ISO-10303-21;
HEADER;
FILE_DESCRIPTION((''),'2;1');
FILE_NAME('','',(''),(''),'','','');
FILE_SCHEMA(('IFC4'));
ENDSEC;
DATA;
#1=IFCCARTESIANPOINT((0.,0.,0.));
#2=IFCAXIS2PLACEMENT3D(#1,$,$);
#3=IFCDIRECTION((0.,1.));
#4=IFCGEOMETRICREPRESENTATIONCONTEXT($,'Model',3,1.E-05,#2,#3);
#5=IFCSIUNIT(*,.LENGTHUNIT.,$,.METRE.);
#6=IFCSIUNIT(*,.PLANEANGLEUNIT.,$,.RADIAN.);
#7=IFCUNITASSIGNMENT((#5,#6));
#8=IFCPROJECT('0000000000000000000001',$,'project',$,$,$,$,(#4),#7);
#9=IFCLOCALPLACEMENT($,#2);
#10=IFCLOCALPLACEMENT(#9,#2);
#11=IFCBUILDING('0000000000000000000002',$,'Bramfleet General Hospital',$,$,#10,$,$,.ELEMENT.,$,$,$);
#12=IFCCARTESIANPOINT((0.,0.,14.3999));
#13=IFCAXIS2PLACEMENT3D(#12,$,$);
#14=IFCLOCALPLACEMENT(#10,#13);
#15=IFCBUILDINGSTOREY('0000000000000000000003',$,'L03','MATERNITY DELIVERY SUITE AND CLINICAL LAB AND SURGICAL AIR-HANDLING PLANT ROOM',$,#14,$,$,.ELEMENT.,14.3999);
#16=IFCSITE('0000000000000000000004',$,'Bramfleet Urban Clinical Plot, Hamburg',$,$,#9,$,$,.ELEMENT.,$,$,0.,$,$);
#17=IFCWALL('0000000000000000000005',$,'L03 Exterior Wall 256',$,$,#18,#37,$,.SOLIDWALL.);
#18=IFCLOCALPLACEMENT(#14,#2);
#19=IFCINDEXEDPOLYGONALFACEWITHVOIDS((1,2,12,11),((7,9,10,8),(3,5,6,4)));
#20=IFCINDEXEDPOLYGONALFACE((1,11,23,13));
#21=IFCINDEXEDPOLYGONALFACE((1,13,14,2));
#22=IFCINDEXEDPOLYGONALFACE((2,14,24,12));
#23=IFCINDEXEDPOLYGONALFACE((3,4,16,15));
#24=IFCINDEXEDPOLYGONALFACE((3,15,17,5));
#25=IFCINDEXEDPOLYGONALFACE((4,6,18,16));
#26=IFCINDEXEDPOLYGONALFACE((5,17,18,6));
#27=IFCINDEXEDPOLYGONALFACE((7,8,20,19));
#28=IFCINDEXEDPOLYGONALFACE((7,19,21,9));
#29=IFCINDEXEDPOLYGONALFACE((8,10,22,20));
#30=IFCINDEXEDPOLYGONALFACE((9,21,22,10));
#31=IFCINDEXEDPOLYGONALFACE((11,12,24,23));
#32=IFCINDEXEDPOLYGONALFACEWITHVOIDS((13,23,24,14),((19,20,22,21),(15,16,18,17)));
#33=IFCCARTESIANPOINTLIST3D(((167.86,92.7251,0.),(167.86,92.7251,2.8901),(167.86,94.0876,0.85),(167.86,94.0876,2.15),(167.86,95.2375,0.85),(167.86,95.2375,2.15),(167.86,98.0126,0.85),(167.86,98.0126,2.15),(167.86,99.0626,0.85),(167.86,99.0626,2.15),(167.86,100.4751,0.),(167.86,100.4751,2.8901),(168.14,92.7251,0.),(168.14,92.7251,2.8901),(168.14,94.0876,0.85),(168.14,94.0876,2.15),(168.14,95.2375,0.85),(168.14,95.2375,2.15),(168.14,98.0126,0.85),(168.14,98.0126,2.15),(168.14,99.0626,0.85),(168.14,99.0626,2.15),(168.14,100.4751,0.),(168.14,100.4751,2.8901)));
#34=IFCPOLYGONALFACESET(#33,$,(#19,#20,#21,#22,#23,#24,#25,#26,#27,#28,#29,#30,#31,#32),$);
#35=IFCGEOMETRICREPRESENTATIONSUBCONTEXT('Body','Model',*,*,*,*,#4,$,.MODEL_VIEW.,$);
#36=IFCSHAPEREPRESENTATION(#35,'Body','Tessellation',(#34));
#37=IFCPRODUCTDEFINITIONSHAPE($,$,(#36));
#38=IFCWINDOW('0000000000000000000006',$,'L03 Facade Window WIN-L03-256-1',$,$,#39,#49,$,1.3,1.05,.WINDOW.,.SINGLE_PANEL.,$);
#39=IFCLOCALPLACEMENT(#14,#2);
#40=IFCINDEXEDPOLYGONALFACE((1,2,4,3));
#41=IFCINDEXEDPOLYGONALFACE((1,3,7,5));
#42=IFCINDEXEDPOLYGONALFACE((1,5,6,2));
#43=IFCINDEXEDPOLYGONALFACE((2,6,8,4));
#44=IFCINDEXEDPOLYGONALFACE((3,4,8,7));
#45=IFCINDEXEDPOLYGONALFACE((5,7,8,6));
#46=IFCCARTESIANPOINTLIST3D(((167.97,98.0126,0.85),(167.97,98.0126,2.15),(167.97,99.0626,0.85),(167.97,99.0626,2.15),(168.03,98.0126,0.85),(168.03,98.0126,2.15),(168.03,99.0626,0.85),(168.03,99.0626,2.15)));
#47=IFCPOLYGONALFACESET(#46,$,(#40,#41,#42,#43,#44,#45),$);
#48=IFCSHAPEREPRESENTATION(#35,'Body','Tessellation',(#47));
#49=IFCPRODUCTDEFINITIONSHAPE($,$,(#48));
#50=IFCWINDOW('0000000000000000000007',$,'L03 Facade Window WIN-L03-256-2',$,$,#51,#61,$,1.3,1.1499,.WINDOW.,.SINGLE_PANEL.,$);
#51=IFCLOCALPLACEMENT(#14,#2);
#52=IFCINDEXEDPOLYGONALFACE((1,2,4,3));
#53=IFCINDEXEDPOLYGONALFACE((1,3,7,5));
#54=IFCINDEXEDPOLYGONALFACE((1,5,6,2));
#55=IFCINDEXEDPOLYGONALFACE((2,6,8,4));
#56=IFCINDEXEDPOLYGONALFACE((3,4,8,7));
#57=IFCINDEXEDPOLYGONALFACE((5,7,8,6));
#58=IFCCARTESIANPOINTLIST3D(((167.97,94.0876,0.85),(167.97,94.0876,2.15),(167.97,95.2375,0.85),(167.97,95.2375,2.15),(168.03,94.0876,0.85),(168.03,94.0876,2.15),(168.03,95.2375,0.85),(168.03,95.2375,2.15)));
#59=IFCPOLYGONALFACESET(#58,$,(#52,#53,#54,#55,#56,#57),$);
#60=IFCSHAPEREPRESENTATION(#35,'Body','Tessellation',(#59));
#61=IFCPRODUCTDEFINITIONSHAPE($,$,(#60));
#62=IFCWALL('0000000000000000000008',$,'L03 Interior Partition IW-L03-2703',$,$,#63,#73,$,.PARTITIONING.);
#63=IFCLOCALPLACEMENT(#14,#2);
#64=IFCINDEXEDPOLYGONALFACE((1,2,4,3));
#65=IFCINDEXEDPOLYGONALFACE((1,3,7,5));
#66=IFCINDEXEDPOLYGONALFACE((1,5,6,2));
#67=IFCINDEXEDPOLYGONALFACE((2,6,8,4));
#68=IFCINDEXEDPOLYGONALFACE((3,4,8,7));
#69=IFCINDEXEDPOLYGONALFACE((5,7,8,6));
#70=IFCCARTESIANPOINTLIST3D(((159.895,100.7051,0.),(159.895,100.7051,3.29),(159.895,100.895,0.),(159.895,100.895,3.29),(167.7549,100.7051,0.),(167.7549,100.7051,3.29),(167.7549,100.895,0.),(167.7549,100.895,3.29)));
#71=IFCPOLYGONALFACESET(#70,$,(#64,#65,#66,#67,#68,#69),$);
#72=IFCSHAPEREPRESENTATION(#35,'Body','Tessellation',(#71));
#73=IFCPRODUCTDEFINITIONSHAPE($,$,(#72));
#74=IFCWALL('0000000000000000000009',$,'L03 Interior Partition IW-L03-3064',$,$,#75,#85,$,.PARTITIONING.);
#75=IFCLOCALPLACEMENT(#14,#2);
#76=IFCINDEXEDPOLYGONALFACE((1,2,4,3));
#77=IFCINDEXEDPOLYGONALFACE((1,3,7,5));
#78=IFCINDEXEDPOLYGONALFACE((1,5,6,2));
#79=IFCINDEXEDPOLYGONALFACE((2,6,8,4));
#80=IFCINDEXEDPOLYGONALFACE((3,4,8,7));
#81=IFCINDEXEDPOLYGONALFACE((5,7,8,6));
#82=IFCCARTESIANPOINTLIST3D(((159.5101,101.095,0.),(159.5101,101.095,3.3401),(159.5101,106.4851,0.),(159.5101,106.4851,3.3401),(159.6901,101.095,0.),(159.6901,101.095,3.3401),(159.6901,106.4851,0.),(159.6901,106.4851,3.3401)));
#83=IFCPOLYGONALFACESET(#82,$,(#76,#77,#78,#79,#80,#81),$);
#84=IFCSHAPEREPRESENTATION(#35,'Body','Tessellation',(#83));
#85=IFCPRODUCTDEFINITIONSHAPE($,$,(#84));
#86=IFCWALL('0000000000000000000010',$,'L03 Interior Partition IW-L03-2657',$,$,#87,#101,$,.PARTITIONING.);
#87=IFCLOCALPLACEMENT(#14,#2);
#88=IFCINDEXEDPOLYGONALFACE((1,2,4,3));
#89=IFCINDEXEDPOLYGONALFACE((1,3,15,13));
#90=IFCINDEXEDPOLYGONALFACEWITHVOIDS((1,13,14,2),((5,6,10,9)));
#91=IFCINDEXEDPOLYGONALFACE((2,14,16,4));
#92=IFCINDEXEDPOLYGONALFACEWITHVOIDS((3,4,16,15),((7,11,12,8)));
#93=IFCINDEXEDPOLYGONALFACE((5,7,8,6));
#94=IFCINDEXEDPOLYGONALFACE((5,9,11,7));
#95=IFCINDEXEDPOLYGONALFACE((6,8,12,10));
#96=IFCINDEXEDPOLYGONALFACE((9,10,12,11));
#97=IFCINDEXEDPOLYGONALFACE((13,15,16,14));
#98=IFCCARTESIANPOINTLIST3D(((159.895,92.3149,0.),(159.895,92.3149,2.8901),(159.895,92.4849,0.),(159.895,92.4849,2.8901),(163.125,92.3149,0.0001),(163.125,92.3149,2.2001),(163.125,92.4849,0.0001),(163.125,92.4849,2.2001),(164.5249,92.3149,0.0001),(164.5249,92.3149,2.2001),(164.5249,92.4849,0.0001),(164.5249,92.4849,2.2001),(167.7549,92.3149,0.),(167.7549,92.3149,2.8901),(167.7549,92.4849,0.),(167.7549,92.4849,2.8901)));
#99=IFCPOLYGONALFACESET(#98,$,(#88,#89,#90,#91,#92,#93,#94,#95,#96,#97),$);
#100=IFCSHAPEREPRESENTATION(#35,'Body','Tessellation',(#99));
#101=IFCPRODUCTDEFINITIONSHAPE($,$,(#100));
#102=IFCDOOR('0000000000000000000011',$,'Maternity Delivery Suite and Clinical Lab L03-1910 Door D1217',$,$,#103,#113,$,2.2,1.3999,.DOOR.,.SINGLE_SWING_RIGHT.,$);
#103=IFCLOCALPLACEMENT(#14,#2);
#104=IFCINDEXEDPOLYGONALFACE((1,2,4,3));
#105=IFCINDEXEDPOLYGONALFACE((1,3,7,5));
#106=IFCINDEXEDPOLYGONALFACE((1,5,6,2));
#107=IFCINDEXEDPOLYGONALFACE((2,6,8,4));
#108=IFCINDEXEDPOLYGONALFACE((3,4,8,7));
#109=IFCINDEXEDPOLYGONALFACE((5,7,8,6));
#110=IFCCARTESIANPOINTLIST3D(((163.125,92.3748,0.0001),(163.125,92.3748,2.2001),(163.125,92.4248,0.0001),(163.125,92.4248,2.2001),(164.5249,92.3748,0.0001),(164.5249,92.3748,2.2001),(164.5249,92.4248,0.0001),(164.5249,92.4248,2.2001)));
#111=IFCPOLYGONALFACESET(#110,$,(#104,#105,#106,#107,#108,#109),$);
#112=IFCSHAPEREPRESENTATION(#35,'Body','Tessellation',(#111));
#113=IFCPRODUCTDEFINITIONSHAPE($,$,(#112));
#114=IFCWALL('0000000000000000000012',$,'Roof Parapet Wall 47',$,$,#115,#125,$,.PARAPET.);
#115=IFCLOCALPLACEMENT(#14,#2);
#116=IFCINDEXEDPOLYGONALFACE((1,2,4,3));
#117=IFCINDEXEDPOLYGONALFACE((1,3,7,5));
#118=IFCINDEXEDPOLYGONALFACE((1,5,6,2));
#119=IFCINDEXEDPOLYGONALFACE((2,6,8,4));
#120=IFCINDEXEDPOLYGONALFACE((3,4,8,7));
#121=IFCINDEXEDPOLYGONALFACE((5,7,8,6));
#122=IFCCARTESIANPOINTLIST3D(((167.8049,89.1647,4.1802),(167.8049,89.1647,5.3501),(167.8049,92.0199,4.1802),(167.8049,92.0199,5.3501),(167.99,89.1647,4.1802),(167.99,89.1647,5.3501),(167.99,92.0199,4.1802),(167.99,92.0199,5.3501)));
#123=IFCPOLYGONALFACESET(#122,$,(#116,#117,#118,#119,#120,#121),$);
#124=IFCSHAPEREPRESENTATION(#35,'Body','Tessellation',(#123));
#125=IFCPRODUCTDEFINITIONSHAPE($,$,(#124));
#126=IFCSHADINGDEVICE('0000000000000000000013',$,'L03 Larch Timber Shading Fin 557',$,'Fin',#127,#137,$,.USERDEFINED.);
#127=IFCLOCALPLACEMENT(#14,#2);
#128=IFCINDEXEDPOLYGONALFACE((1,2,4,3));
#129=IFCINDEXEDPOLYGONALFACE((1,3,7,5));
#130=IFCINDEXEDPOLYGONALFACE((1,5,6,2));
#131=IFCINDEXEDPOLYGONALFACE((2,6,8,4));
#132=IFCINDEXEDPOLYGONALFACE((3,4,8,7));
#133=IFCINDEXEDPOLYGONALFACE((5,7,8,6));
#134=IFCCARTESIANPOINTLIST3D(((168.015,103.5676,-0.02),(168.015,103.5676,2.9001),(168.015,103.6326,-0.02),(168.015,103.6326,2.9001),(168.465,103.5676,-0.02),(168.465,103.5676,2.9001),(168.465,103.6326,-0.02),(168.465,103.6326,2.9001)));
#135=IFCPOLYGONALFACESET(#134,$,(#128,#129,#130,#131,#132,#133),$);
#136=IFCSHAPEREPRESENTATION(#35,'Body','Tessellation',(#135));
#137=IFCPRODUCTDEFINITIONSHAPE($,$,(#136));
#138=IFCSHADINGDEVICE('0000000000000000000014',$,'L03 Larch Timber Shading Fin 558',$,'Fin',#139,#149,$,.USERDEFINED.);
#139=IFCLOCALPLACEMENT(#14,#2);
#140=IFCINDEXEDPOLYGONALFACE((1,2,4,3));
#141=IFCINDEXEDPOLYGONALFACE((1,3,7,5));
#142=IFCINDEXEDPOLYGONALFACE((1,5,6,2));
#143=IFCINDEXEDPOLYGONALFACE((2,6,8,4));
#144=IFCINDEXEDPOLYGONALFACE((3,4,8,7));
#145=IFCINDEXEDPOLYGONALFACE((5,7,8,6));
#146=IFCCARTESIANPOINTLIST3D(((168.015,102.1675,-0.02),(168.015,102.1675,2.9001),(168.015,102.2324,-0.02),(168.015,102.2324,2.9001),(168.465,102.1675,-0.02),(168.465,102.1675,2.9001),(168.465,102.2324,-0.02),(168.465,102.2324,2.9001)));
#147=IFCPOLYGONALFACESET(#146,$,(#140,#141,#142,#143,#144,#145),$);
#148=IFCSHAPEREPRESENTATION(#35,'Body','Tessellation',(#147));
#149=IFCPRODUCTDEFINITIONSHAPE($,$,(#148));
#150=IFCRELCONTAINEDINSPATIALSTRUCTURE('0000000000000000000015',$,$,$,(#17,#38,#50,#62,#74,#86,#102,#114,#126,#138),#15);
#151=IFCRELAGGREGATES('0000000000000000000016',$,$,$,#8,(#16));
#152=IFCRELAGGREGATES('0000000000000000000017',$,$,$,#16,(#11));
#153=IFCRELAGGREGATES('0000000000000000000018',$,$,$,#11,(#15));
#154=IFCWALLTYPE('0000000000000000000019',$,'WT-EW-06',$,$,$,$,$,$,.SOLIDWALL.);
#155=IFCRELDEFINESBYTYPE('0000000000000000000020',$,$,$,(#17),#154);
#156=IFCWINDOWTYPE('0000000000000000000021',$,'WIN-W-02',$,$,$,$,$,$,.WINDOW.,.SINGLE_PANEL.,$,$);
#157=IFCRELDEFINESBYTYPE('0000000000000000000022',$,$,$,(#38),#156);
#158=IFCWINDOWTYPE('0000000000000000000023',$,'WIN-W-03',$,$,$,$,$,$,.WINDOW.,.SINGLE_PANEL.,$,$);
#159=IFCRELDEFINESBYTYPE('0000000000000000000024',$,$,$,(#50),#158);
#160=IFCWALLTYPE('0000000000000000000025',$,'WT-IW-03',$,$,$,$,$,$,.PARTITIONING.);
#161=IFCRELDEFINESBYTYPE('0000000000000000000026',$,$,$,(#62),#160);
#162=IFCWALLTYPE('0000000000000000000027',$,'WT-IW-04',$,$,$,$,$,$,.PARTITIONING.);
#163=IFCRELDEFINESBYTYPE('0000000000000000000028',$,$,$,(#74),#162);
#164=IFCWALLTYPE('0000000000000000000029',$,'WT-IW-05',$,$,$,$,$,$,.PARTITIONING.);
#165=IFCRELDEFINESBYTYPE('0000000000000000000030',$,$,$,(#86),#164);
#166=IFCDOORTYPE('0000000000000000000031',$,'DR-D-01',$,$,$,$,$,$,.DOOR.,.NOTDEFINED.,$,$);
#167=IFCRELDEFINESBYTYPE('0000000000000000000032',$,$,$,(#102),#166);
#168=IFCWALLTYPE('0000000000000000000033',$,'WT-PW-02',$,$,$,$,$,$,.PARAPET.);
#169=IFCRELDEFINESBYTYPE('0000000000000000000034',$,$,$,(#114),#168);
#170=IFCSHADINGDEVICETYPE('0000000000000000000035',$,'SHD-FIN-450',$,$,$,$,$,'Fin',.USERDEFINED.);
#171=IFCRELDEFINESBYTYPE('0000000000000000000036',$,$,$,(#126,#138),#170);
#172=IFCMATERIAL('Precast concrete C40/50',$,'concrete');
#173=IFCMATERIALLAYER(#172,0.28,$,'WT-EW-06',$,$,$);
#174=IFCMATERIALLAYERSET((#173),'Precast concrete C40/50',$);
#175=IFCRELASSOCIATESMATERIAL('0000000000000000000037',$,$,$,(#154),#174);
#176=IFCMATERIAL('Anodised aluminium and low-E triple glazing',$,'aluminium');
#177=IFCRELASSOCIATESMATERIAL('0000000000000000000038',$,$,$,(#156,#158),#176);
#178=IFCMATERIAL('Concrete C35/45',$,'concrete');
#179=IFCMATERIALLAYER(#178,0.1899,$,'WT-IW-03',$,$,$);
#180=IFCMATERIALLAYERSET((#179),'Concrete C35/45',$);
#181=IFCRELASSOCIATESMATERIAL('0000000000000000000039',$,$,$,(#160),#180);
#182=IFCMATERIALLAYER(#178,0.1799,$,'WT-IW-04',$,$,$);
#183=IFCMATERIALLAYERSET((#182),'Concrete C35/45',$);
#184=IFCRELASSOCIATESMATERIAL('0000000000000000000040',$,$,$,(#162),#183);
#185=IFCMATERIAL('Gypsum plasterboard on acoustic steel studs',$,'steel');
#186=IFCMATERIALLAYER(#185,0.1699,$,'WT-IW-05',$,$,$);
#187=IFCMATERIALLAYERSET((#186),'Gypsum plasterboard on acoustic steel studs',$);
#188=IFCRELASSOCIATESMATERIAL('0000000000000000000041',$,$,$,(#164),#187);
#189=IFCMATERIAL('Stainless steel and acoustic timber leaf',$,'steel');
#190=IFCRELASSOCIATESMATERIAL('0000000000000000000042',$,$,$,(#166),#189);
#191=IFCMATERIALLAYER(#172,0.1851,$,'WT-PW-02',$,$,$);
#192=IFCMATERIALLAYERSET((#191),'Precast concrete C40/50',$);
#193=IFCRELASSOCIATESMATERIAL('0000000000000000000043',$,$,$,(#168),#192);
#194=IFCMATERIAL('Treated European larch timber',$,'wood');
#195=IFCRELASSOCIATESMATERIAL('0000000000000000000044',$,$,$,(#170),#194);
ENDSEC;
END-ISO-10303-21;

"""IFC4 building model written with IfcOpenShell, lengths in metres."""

from ifc_helpers import new_model, si_unit, direction, frame, frame_2d, origin, origin_2d, place, context, subcontext, project, spatial, rectangle, extrude, material, layer, layer_set, material_profile, profile_set, type_object, element, fill, save


model = new_model("IFC4")

# Units and contexts
model_context = context("Model", 3, precision=1e-05, world=origin(), true_north=direction((0.0, 1.0)))
body_context = subcontext(model_context, "Body", "Model", "MODEL_VIEW")
ifc_project = project(units=[si_unit("LENGTHUNIT", "METRE"), si_unit("PLANEANGLEUNIT", "RADIAN")], contexts=[model_context])

# Site, building, storey
site_placement = place(None, origin())
site = spatial("IfcSite", under=ifc_project, at=site_placement, Name="Bramfleet Urban Clinical Plot, Hamburg", CompositionType="ELEMENT", RefElevation=0.0)
building_placement = place(site_placement, origin())
building = spatial("IfcBuilding", under=site, at=building_placement, Name="Bramfleet General Hospital", CompositionType="ELEMENT")
storey_placement = place(building_placement, frame((0.0, 0.0, 14.3999)))
storey = spatial("IfcBuildingStorey", under=building, at=storey_placement, Name="L03", Description="MATERNITY DELIVERY SUITE AND CLINICAL LAB AND SURGICAL AIR-HANDLING PLANT ROOM", CompositionType="ELEMENT", Elevation=14.3999)

# Shared definitions
ifc_material_1 = material(Name="Concrete C35/45", Category="concrete")

# Shared definitions
ifc_material_2 = material(Name="Anodised aluminium and low-E triple glazing", Category="aluminium")

# Wall, openings, windows
ifc_material_3 = material(Name="Precast concrete C40/50", Category="concrete")
ifc_layer_1 = layer(ifc_material_3, 0.28, Name="WT-EW-06")
ifc_layer_set_1 = layer_set([ifc_layer_1], Name="Precast concrete C40/50")
wall_type_1 = type_object("IfcWallType", Name="WT-EW-06", PredefinedType="SOLIDWALL", material=ifc_layer_set_1)
wall_1_placement = place(storey_placement, frame((168.0, 100.4751, 0.0), z_axis=(0.0, 0.0, 1.0), x_axis=(0.0, -1.0, 0.0)))
wall_1 = element("IfcWall", 1, at=wall_1_placement, inside=storey, type_object=wall_type_1, Name="L03 Exterior Wall 256", PredefinedType="SOLIDWALL", context=body_context, shape_type="SweptSolid", body=[
    extrude(rectangle(XDim=7.75, YDim=0.28, at=frame_2d((3.875, 0.0))), origin(), (0.0, 0.0, 1.0), 2.8901),
])
opening_1_placement = place(wall_1_placement, frame((1.4126, 0.0, 0.8501)))
opening_1 = element("IfcOpeningElement", 2, at=opening_1_placement, cuts=wall_1, PredefinedType="OPENING", context=body_context, shape_type="SweptSolid", body=[
    extrude(rectangle(XDim=1.05, YDim=1.3, at=frame_2d((0.5249, 0.6499))), frame((0.0, 0.1499, 0.0), z_axis=(0.0, -1.0, 0.0), x_axis=(1.0, 0.0, 0.0)), (0.0, 0.0, 1.0), 0.3),
])
opening_2_placement = place(wall_1_placement, frame((5.2375, 0.0, 0.8501)))
opening_2 = element("IfcOpeningElement", 3, at=opening_2_placement, cuts=wall_1, PredefinedType="OPENING", context=body_context, shape_type="SweptSolid", body=[
    extrude(rectangle(XDim=1.1499, YDim=1.3, at=frame_2d((0.575, 0.6499))), frame((0.0, 0.1499, 0.0), z_axis=(0.0, -1.0, 0.0), x_axis=(1.0, 0.0, 0.0)), (0.0, 0.0, 1.0), 0.3),
])
window_type_1 = type_object("IfcWindowType", Name="WIN-W-02", PartitioningType="SINGLE_PANEL", PredefinedType="WINDOW", material=ifc_material_2)
window_1_placement = place(opening_1_placement, origin())
window_1 = element("IfcWindow", 4, at=window_1_placement, inside=storey, type_object=window_type_1, Name="L03 Facade Window WIN-L03-256-1", OverallHeight=1.3, OverallWidth=1.05, PartitioningType="SINGLE_PANEL", PredefinedType="WINDOW", context=body_context, shape_type="SweptSolid", body=[
    extrude(rectangle(XDim=1.05, YDim=1.3, at=frame_2d((0.5249, 0.6499))), frame((0.0, 0.03, 0.0), z_axis=(0.0, -1.0, 0.0), x_axis=(1.0, 0.0, 0.0)), (0.0, 0.0, 1.0), 0.0601),
])
fill(opening_1, window_1)
window_type_2 = type_object("IfcWindowType", Name="WIN-W-03", PartitioningType="SINGLE_PANEL", PredefinedType="WINDOW", material=ifc_material_2)
window_2_placement = place(opening_2_placement, origin())
window_2 = element("IfcWindow", 5, at=window_2_placement, inside=storey, type_object=window_type_2, Name="L03 Facade Window WIN-L03-256-2", OverallHeight=1.3, OverallWidth=1.1499, PartitioningType="SINGLE_PANEL", PredefinedType="WINDOW", context=body_context, shape_type="SweptSolid", body=[
    extrude(rectangle(XDim=1.1499, YDim=1.3, at=frame_2d((0.575, 0.6499))), frame((0.0, 0.03, 0.0), z_axis=(0.0, -1.0, 0.0), x_axis=(1.0, 0.0, 0.0)), (0.0, 0.0, 1.0), 0.0601),
])
fill(opening_2, window_2)

# Walls
ifc_layer_2 = layer(ifc_material_1, 0.1899, Name="WT-IW-03")
ifc_layer_set_2 = layer_set([ifc_layer_2], Name="Concrete C35/45")
wall_type_2 = type_object("IfcWallType", Name="WT-IW-03", PredefinedType="PARTITIONING", material=ifc_layer_set_2)
wall_2_placement = place(storey_placement, frame((159.895, 100.8, 0.0), z_axis=(0.0, 0.0, 1.0), x_axis=(1.0, 0.0, 0.0)))
element("IfcWall", 6, at=wall_2_placement, inside=storey, type_object=wall_type_2, Name="L03 Interior Partition IW-L03-2703", PredefinedType="PARTITIONING", context=body_context, shape_type="SweptSolid", body=[
    extrude(rectangle(XDim=7.8599, YDim=0.1899, at=frame_2d((3.9299, 0.0))), origin(), (0.0, 0.0, 1.0), 3.29),
])
ifc_layer_3 = layer(ifc_material_1, 0.1799, Name="WT-IW-04")
ifc_layer_set_3 = layer_set([ifc_layer_3], Name="Concrete C35/45")
wall_type_3 = type_object("IfcWallType", Name="WT-IW-04", PredefinedType="PARTITIONING", material=ifc_layer_set_3)
wall_3_placement = place(storey_placement, frame((159.6001, 101.095, 0.0), z_axis=(0.0, 0.0, 1.0), x_axis=(0.0, 1.0, 0.0)))
element("IfcWall", 7, at=wall_3_placement, inside=storey, type_object=wall_type_3, Name="L03 Interior Partition IW-L03-3064", PredefinedType="PARTITIONING", context=body_context, shape_type="SweptSolid", body=[
    extrude(rectangle(XDim=5.3901, YDim=0.1799, at=frame_2d((2.6951, 0.0))), origin(), (0.0, 0.0, 1.0), 3.3401),
])

# Wall, opening, door
ifc_material_4 = material(Name="Gypsum plasterboard on acoustic steel studs", Category="steel")
ifc_layer_4 = layer(ifc_material_4, 0.1699, Name="WT-IW-05")
ifc_layer_set_4 = layer_set([ifc_layer_4], Name="Gypsum plasterboard on acoustic steel studs")
wall_type_4 = type_object("IfcWallType", Name="WT-IW-05", PredefinedType="PARTITIONING", material=ifc_layer_set_4)
wall_4_placement = place(storey_placement, frame((159.895, 92.3999, 0.0), z_axis=(0.0, 0.0, 1.0), x_axis=(1.0, 0.0, 0.0)))
wall_4 = element("IfcWall", 8, at=wall_4_placement, inside=storey, type_object=wall_type_4, Name="L03 Interior Partition IW-L03-2657", PredefinedType="PARTITIONING", context=body_context, shape_type="SweptSolid", body=[
    extrude(rectangle(XDim=7.8599, YDim=0.1699, at=frame_2d((3.9299, 0.0))), origin(), (0.0, 0.0, 1.0), 2.8901),
])
opening_3_placement = place(wall_4_placement, frame((3.23, 0.0, 0.0)))
opening_3 = element("IfcOpeningElement", 9, at=opening_3_placement, cuts=wall_4, PredefinedType="OPENING", context=body_context, shape_type="SweptSolid", body=[
    extrude(rectangle(XDim=1.3999, YDim=2.2, at=frame_2d((0.7, 1.1001))), frame((0.0, 0.095, 0.0), z_axis=(0.0, -1.0, 0.0), x_axis=(1.0, 0.0, 0.0)), (0.0, 0.0, 1.0), 0.1899),
])
ifc_material_5 = material(Name="Stainless steel and acoustic timber leaf", Category="steel")
door_type = type_object("IfcDoorType", Name="DR-D-01", OperationType="NOTDEFINED", PredefinedType="DOOR", material=ifc_material_5)
door_placement = place(opening_3_placement, origin())
door = element("IfcDoor", 10, at=door_placement, inside=storey, type_object=door_type, Name="Maternity Delivery Suite and Clinical Lab L03-1910 Door D1217", OperationType="SINGLE_SWING_RIGHT", OverallHeight=2.2, OverallWidth=1.3999, PredefinedType="DOOR", context=body_context, shape_type="SweptSolid", body=[
    extrude(rectangle(XDim=1.3999, YDim=2.2, at=frame_2d((0.7, 1.1001))), frame((0.0, 0.0249, 0.0), z_axis=(0.0, -1.0, 0.0), x_axis=(1.0, 0.0, 0.0)), (0.0, 0.0, 1.0), 0.05),
])
fill(opening_3, door)

# Wall
ifc_layer_5 = layer(ifc_material_3, 0.1851, Name="WT-PW-02")
ifc_layer_set_5 = layer_set([ifc_layer_5], Name="Precast concrete C40/50")
wall_type_5 = type_object("IfcWallType", Name="WT-PW-02", PredefinedType="PARAPET", material=ifc_layer_set_5)
wall_5_placement = place(storey_placement, frame((167.8975, 92.02, 4.1802), z_axis=(0.0, 0.0, 1.0), x_axis=(0.0, -1.0, 0.0)))
element("IfcWall", 11, at=wall_5_placement, inside=storey, type_object=wall_type_5, Name="Roof Parapet Wall 47", PredefinedType="PARAPET", context=body_context, shape_type="SweptSolid", body=[
    extrude(rectangle(XDim=2.8552, YDim=0.1851, at=frame_2d((1.4277, 0.0))), origin(), (0.0, 0.0, 1.0), 1.1699),
])

# Shading devices
ifc_material_6 = material(Name="Treated European larch timber", Category="wood")
ifc_material_profile_1 = material_profile(ifc_material_6, rectangle(XDim=0.0649, YDim=0.45, at=origin_2d()), Name="LARCH FIN 450x65")
ifc_profile_set_1 = profile_set([ifc_material_profile_1], Name="Treated European larch timber")
shading_device_type = type_object("IfcShadingDeviceType", Name="SHD-FIN-450", ElementType="Fin", PredefinedType="USERDEFINED", material=ifc_profile_set_1)
for number, where, z_axis, x_axis, name in (
    (12, (168.24, 103.6001, -0.02), (0.0, 0.0, 1.0), (0.0, -1.0, 0.0), "L03 Larch Timber Shading Fin 557"),
    (13, (168.24, 102.2, -0.02), (0.0, 0.0, 1.0), (0.0, -1.0, 0.0), "L03 Larch Timber Shading Fin 558"),
):
    element("IfcShadingDevice", number, at=place(storey_placement, frame(where, z_axis=z_axis, x_axis=x_axis)), inside=storey, type_object=shading_device_type, Name=name, ObjectType="Fin", PredefinedType="USERDEFINED", context=body_context, shape_type="SweptSolid", body=[
        extrude(rectangle(XDim=0.0649, YDim=0.45, at=origin_2d()), origin(), (0.0, 0.0, 1.0), 2.9202),
    ])

save(model, "model.ifc")
